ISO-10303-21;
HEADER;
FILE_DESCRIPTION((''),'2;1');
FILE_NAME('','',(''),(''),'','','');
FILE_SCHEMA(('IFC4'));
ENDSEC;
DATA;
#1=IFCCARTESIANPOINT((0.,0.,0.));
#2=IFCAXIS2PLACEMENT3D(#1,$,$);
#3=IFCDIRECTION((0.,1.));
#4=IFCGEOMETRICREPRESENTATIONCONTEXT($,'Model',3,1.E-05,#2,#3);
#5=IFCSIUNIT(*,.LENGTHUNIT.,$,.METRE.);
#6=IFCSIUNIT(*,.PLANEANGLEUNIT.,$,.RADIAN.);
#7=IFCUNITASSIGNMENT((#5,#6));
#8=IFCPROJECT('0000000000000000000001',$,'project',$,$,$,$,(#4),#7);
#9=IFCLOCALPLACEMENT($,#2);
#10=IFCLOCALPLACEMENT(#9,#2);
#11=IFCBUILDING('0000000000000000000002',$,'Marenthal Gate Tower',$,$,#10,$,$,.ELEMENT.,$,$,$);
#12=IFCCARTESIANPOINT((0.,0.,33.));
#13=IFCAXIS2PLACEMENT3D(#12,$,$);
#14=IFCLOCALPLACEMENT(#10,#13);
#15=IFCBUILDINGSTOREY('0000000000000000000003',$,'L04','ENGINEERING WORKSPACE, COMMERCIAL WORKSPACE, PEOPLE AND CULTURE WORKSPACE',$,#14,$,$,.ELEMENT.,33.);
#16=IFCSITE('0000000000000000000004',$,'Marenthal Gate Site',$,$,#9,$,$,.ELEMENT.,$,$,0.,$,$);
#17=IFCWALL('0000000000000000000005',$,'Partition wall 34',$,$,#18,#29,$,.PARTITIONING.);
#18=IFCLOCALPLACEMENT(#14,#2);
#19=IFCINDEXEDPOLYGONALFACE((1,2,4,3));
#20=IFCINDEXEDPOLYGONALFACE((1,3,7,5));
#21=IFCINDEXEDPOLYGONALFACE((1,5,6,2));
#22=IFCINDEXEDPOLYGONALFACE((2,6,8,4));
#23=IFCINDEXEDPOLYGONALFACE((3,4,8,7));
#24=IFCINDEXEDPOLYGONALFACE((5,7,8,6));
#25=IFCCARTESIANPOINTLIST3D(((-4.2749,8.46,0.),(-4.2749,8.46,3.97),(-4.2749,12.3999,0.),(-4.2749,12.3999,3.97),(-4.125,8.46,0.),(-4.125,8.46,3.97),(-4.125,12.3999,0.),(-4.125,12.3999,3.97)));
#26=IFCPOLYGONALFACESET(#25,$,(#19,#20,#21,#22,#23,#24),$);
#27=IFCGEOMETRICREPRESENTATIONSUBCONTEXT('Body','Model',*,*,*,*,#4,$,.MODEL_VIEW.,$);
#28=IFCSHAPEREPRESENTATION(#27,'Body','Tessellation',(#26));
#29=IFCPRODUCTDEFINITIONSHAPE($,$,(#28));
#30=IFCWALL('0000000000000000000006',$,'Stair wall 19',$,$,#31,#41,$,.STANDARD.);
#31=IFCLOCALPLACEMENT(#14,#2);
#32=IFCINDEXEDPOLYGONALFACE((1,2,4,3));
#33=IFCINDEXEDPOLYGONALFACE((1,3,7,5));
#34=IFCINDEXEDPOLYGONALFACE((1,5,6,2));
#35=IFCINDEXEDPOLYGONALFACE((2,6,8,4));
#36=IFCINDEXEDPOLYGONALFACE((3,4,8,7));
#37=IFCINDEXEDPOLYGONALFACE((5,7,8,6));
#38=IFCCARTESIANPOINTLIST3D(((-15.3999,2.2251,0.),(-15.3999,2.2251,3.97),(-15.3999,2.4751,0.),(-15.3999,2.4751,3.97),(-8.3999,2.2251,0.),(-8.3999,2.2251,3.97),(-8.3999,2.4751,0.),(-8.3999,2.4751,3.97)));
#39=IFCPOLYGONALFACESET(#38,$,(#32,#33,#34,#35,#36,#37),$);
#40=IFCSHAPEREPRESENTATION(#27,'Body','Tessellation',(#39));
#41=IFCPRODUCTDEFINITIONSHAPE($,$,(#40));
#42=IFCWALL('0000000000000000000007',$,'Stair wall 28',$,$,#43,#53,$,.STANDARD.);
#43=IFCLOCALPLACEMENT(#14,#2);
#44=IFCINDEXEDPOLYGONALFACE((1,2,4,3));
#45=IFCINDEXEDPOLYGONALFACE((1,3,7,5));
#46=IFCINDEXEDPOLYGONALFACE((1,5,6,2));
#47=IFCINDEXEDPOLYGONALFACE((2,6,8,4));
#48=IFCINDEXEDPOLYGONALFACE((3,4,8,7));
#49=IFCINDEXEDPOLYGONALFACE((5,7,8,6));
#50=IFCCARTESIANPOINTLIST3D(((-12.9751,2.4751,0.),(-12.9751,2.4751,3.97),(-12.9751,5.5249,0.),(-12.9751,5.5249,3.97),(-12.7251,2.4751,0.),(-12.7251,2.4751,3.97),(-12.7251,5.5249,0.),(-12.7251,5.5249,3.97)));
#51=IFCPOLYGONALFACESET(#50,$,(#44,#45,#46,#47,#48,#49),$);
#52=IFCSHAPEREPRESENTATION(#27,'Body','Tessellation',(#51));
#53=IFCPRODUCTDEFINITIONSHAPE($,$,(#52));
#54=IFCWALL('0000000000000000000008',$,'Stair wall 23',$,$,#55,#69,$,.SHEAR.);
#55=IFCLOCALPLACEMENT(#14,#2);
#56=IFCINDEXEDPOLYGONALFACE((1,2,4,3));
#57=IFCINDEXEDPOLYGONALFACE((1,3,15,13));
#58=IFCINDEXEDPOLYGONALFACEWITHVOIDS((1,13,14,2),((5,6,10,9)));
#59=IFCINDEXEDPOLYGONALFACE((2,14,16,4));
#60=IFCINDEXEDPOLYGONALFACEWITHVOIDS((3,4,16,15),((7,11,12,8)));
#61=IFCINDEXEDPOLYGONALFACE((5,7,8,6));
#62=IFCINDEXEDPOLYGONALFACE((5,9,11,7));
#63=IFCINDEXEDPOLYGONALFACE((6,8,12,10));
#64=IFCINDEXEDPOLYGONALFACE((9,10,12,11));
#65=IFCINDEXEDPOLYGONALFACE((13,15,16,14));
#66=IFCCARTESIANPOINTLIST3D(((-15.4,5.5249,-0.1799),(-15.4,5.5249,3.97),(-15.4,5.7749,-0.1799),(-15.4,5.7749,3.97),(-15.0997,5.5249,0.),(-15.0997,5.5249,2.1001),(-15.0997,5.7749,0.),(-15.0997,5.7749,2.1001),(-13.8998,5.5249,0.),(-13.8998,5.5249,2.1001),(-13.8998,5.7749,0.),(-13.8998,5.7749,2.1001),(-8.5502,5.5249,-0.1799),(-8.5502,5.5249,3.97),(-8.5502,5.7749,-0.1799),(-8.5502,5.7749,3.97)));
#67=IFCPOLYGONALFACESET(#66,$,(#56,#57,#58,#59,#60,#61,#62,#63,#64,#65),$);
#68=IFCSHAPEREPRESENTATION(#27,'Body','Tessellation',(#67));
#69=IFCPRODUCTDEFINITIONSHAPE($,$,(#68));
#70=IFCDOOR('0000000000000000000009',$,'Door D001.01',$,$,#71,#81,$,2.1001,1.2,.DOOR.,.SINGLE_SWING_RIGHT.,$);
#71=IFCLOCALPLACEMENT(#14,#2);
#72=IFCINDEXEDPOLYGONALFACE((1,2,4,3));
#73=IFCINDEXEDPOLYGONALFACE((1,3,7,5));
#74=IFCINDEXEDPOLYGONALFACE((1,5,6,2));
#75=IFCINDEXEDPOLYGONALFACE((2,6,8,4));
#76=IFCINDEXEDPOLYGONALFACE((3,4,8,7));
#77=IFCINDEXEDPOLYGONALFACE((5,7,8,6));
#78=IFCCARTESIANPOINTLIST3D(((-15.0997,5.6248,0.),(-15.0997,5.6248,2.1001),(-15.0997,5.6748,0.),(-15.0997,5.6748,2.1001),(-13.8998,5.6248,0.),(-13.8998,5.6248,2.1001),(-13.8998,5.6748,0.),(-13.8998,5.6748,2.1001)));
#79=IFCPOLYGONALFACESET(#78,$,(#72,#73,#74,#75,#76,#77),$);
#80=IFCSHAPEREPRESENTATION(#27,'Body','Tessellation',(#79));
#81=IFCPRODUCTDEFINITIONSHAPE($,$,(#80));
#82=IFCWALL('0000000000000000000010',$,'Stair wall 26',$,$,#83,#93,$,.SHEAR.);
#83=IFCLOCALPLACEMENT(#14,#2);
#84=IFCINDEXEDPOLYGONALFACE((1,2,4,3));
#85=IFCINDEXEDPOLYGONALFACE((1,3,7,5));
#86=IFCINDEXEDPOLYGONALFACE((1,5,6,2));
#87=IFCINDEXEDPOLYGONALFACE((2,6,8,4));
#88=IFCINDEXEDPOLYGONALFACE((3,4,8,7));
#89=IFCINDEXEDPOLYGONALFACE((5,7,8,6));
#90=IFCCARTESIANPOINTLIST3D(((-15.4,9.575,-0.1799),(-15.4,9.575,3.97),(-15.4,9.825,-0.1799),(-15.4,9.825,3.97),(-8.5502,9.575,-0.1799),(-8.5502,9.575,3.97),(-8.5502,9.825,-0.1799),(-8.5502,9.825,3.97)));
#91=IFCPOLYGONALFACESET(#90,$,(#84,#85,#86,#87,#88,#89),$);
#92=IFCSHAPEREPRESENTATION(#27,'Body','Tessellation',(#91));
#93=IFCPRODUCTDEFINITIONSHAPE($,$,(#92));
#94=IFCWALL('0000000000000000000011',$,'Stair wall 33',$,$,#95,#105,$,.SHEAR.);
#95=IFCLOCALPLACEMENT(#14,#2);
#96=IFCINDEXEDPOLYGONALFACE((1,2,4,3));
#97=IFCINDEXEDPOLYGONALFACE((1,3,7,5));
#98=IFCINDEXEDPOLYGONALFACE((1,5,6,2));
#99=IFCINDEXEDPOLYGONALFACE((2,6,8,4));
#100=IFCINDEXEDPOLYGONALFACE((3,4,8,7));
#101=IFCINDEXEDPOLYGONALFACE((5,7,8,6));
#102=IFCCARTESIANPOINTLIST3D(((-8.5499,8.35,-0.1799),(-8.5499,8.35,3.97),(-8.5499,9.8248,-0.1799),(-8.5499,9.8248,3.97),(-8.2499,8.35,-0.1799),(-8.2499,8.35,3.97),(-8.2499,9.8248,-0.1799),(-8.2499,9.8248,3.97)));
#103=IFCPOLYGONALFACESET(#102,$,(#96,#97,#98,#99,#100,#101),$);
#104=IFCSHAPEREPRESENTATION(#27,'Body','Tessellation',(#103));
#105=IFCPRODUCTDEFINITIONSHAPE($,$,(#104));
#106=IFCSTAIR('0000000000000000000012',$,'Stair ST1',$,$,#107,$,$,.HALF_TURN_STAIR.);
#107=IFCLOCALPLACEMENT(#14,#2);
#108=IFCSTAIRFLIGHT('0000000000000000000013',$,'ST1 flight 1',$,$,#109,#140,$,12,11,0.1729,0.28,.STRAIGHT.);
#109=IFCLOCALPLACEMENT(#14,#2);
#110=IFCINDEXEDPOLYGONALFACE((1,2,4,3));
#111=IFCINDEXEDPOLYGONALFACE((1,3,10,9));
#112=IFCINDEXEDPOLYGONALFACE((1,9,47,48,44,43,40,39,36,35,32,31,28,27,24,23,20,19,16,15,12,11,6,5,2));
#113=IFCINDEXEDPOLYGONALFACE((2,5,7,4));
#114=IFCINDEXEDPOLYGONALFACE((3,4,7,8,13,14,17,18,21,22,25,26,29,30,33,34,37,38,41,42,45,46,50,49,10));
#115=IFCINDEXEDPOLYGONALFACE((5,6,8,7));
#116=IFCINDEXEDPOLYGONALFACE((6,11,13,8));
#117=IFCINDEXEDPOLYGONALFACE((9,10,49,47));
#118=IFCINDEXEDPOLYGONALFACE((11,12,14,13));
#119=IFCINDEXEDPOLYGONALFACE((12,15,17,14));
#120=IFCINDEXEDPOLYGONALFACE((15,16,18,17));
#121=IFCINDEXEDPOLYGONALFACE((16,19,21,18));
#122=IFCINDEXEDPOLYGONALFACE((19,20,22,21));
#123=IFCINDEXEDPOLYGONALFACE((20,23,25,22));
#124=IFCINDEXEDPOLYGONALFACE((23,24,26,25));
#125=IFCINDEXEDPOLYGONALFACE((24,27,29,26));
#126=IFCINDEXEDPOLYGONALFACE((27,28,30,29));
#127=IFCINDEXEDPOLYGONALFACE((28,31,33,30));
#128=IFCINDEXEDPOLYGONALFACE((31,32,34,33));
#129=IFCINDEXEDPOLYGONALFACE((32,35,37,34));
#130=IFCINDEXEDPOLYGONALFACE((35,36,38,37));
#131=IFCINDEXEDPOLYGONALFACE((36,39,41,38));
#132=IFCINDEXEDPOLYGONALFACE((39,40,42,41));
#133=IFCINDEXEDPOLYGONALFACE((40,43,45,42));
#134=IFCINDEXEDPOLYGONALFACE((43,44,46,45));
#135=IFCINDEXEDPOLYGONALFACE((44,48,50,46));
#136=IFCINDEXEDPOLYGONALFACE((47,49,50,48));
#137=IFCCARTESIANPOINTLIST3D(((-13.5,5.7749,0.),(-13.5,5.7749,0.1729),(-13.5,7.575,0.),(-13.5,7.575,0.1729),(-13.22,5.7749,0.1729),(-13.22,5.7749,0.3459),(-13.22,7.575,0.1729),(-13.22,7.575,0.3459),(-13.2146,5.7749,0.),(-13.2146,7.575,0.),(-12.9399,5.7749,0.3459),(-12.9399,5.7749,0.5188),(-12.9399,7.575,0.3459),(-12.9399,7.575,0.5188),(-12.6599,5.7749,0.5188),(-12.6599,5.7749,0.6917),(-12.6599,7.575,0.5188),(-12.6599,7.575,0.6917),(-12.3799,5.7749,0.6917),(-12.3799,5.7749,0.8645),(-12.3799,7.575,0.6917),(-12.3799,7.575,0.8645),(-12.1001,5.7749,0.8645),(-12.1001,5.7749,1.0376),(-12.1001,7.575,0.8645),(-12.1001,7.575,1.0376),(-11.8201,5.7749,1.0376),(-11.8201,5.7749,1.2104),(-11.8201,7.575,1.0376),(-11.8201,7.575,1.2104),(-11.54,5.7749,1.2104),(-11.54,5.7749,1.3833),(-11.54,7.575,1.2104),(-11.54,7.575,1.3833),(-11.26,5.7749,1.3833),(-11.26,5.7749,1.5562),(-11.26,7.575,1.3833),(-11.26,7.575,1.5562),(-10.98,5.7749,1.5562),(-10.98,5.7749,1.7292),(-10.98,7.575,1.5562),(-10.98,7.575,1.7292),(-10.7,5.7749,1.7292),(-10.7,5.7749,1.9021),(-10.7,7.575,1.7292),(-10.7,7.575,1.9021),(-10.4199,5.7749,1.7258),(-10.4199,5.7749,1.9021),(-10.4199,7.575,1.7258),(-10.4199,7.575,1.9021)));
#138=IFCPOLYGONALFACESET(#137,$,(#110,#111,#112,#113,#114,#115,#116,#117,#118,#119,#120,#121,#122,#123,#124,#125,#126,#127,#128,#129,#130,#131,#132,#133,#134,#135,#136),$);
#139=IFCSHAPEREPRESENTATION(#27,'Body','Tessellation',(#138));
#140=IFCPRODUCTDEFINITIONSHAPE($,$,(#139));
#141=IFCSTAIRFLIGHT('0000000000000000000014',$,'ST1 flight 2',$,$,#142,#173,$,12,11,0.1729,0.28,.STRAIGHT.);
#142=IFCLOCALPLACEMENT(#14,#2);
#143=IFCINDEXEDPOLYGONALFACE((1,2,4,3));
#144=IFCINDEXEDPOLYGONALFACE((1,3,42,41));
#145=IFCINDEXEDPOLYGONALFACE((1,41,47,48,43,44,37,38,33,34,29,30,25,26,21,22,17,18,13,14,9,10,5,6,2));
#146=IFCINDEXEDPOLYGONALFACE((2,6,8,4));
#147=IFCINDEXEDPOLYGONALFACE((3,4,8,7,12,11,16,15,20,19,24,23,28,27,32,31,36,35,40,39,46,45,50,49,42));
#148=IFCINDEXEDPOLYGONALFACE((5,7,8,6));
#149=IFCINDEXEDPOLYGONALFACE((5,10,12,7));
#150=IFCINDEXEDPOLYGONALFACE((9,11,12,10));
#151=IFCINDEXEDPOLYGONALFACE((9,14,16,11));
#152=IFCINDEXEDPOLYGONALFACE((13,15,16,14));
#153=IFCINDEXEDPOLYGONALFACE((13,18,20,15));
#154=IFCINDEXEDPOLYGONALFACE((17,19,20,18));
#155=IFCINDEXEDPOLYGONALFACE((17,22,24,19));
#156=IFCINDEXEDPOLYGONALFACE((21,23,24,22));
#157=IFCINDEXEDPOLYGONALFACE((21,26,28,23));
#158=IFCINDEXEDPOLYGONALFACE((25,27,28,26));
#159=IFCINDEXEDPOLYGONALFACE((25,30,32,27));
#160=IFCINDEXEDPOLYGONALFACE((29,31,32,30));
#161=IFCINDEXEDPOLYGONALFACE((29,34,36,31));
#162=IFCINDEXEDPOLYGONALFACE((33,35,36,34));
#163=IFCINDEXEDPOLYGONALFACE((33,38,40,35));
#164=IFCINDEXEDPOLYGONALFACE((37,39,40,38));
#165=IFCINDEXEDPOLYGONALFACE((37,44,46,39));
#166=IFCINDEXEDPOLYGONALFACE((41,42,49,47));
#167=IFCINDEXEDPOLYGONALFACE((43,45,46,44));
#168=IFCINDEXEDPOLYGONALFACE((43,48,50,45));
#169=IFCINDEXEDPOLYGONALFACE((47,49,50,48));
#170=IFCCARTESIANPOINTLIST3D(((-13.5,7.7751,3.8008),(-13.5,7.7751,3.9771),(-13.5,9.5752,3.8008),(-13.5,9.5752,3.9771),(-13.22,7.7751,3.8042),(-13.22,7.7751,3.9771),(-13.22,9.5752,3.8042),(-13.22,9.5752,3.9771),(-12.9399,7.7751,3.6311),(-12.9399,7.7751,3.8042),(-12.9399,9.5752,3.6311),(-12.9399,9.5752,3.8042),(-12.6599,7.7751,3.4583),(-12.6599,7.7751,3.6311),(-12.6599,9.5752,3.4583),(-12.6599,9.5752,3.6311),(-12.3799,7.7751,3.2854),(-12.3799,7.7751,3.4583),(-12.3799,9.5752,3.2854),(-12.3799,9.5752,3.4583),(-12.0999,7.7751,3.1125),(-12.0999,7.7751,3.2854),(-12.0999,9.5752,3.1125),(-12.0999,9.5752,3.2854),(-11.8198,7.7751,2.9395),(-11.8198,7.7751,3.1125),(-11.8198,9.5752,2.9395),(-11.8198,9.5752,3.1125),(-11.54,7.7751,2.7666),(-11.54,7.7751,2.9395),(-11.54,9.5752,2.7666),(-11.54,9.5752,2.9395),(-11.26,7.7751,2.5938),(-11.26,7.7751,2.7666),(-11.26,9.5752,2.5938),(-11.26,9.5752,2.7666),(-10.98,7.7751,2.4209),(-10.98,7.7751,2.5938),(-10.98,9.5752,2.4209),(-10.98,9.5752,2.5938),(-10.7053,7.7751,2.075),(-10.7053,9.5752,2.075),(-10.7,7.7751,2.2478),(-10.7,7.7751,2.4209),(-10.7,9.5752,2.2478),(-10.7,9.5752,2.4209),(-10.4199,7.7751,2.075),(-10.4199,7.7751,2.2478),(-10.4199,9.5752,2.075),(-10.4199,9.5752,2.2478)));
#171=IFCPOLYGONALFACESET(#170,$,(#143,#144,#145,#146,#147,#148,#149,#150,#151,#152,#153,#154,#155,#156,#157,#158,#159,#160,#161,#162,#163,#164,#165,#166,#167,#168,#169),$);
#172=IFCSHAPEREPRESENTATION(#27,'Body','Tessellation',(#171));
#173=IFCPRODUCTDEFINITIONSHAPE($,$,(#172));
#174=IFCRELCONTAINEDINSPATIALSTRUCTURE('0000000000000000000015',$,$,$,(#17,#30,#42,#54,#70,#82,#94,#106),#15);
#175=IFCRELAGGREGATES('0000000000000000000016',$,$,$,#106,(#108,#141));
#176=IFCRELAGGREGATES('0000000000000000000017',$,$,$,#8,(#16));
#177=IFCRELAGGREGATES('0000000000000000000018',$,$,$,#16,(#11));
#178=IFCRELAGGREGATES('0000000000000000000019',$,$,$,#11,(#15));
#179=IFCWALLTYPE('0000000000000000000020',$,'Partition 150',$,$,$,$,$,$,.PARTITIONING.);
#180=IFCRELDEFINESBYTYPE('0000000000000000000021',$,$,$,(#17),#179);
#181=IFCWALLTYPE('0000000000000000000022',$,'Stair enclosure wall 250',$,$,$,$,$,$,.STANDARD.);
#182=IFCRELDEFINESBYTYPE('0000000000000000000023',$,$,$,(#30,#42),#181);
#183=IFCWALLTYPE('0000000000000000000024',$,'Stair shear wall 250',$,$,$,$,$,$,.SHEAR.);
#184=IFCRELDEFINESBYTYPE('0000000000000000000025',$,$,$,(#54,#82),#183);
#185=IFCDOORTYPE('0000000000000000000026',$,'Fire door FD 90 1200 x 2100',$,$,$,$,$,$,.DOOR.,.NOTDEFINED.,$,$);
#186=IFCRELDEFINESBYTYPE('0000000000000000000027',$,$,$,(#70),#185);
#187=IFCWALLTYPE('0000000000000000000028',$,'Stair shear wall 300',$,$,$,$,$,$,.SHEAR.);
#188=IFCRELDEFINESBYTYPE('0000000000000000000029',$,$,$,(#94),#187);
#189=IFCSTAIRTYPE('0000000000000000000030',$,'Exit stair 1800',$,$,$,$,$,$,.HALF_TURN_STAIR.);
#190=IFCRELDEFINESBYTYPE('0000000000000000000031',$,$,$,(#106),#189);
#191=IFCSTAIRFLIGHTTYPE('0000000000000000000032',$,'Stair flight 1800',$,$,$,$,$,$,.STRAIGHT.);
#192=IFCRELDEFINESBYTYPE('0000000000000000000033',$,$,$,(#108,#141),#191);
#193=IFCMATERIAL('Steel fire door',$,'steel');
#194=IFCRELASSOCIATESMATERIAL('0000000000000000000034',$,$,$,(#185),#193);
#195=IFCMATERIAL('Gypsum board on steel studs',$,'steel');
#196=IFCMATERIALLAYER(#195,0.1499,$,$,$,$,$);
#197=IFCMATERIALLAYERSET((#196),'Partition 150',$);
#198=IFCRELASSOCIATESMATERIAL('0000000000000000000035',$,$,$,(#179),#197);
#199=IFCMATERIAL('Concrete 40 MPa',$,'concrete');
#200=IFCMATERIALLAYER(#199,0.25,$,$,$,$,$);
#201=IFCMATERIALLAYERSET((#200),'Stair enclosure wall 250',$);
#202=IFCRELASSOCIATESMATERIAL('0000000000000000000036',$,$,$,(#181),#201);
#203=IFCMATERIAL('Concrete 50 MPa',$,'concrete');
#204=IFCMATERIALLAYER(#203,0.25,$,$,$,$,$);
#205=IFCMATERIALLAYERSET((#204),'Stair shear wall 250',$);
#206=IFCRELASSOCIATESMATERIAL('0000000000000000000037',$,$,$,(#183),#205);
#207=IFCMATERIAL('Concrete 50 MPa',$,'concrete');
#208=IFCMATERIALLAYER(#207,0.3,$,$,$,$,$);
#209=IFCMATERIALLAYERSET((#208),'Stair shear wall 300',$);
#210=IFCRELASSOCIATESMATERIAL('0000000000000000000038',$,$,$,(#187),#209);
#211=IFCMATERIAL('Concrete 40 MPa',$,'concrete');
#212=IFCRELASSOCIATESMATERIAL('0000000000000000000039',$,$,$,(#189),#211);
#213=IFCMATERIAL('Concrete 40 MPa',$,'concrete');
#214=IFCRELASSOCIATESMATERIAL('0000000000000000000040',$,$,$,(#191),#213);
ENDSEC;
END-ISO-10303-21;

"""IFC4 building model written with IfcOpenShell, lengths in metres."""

from ifc_helpers import new_model, si_unit, direction, frame, frame_2d, origin, place, context, subcontext, project, spatial, polyline, rectangle, outline, extrude, material, layer, layer_set, type_object, element, fill, aggregate, save


model = new_model("IFC4")

# Units and contexts
model_context = context("Model", 3, precision=1e-05, world=origin(), true_north=direction((0.0, 1.0)))
body_context = subcontext(model_context, "Body", "Model", "MODEL_VIEW")
ifc_project = project(units=[si_unit("LENGTHUNIT", "METRE"), si_unit("PLANEANGLEUNIT", "RADIAN")], contexts=[model_context])

# Site, building, storey
site_placement = place(None, origin())
site = spatial("IfcSite", under=ifc_project, at=site_placement, Name="Marenthal Gate Site", CompositionType="ELEMENT", RefElevation=0.0)
building_placement = place(site_placement, origin())
building = spatial("IfcBuilding", under=site, at=building_placement, Name="Marenthal Gate Tower", CompositionType="ELEMENT")
storey_placement = place(building_placement, frame((0.0, 0.0, 33.0)))
storey = spatial("IfcBuildingStorey", under=building, at=storey_placement, Name="L04", Description="ENGINEERING WORKSPACE, COMMERCIAL WORKSPACE, PEOPLE AND CULTURE WORKSPACE", CompositionType="ELEMENT", Elevation=33.0)

# Shared definitions
ifc_material_1 = material(Name="Steel fire door", Category="steel")
door_type_1 = type_object("IfcDoorType", Name="Fire door FD 90 1200 x 2100", OperationType="NOTDEFINED", PredefinedType="DOOR", material=ifc_material_1)

# Walls
ifc_material_2 = material(Name="Gypsum board on steel studs", Category="steel")
ifc_layer_1 = layer(ifc_material_2, 0.1499)
ifc_layer_set_1 = layer_set([ifc_layer_1], Name="Partition 150")
wall_type_1 = type_object("IfcWallType", Name="Partition 150", PredefinedType="PARTITIONING", material=ifc_layer_set_1)
wall_1_placement = place(storey_placement, frame((-4.2, 8.46, 0.0), z_axis=(0.0, 0.0, 1.0), x_axis=(0.0, 1.0, 0.0)))
element("IfcWall", 1, at=wall_1_placement, inside=storey, type_object=wall_type_1, Name="Partition wall 34", PredefinedType="PARTITIONING", context=body_context, shape_type="SweptSolid", body=[
    extrude(rectangle(XDim=3.9399, YDim=0.1499, at=frame_2d((1.97, 0.0))), origin(), (0.0, 0.0, 1.0), 3.97),
])
ifc_material_3 = material(Name="Concrete 40 MPa", Category="concrete")
ifc_layer_2 = layer(ifc_material_3, 0.25)
ifc_layer_set_2 = layer_set([ifc_layer_2], Name="Stair enclosure wall 250")
wall_type_2 = type_object("IfcWallType", Name="Stair enclosure wall 250", PredefinedType="STANDARD", material=ifc_layer_set_2)
wall_2_placement = place(storey_placement, frame((-15.3999, 2.3501, 0.0), z_axis=(0.0, 0.0, 1.0), x_axis=(1.0, 0.0, 0.0)))
element("IfcWall", 2, at=wall_2_placement, inside=storey, type_object=wall_type_2, Name="Stair wall 19", PredefinedType="STANDARD", context=body_context, shape_type="SweptSolid", body=[
    extrude(rectangle(XDim=7.0, YDim=0.25, at=frame_2d((3.5, 0.0))), origin(), (0.0, 0.0, 1.0), 3.97),
])
wall_3_placement = place(storey_placement, frame((-12.8501, 2.4751, 0.0), z_axis=(0.0, 0.0, 1.0), x_axis=(0.0, 1.0, 0.0)))
element("IfcWall", 3, at=wall_3_placement, inside=storey, type_object=wall_type_2, Name="Stair wall 28", PredefinedType="STANDARD", context=body_context, shape_type="SweptSolid", body=[
    extrude(rectangle(XDim=3.0498, YDim=0.25, at=frame_2d((1.5249, 0.0))), origin(), (0.0, 0.0, 1.0), 3.97),
])

# Wall, opening, door
ifc_material_4 = material(Name="Concrete 50 MPa", Category="concrete")
ifc_layer_3 = layer(ifc_material_4, 0.25)
ifc_layer_set_3 = layer_set([ifc_layer_3], Name="Stair shear wall 250")
wall_type_3 = type_object("IfcWallType", Name="Stair shear wall 250", PredefinedType="SHEAR", material=ifc_layer_set_3)
wall_4_placement = place(storey_placement, frame((-15.3999, 5.6499, -0.1799), z_axis=(0.0, 0.0, 1.0), x_axis=(1.0, 0.0, 0.0)))
wall_4 = element("IfcWall", 4, at=wall_4_placement, inside=storey, type_object=wall_type_3, Name="Stair wall 23", PredefinedType="SHEAR", context=body_context, shape_type="SweptSolid", body=[
    extrude(rectangle(XDim=6.8499, YDim=0.25, at=frame_2d((3.4248, 0.0))), origin(), (0.0, 0.0, 1.0), 4.1499),
])
opening_1_placement = place(wall_4_placement, frame((0.3, 0.0, 0.1799)))
opening_1 = element("IfcOpeningElement", 5, at=opening_1_placement, cuts=wall_4, PredefinedType="OPENING", context=body_context, shape_type="SweptSolid", body=[
    extrude(rectangle(XDim=1.2, YDim=2.1001, at=frame_2d((0.6001, 1.05))), frame((0.0, 0.135, 0.0), z_axis=(0.0, -1.0, 0.0), x_axis=(1.0, 0.0, 0.0)), (0.0, 0.0, 1.0), 0.27),
])
door_1_placement = place(opening_1_placement, origin())
door_1 = element("IfcDoor", 6, at=door_1_placement, inside=storey, type_object=door_type_1, Name="Door D001.01", OperationType="SINGLE_SWING_RIGHT", OverallHeight=2.1001, OverallWidth=1.2, PredefinedType="DOOR", context=body_context, shape_type="SweptSolid", body=[
    extrude(rectangle(XDim=1.2, YDim=2.1001, at=frame_2d((0.6001, 1.05))), frame((0.0, 0.0249, 0.0), z_axis=(0.0, -1.0, 0.0), x_axis=(1.0, 0.0, 0.0)), (0.0, 0.0, 1.0), 0.05),
])
fill(opening_1, door_1)

# Walls
wall_5_placement = place(storey_placement, frame((-15.3999, 9.7, -0.1799), z_axis=(0.0, 0.0, 1.0), x_axis=(1.0, 0.0, 0.0)))
element("IfcWall", 7, at=wall_5_placement, inside=storey, type_object=wall_type_3, Name="Stair wall 26", PredefinedType="SHEAR", context=body_context, shape_type="SweptSolid", body=[
    extrude(rectangle(XDim=6.8499, YDim=0.25, at=frame_2d((3.4248, 0.0))), origin(), (0.0, 0.0, 1.0), 4.1499),
])
ifc_material_5 = material(Name="Concrete 50 MPa", Category="concrete")
ifc_layer_4 = layer(ifc_material_5, 0.3)
ifc_layer_set_4 = layer_set([ifc_layer_4], Name="Stair shear wall 300")
wall_type_4 = type_object("IfcWallType", Name="Stair shear wall 300", PredefinedType="SHEAR", material=ifc_layer_set_4)
wall_6_placement = place(storey_placement, frame((-8.3999, 8.3501, -0.1799), z_axis=(0.0, 0.0, 1.0), x_axis=(0.0, 1.0, 0.0)))
element("IfcWall", 8, at=wall_6_placement, inside=storey, type_object=wall_type_4, Name="Stair wall 33", PredefinedType="SHEAR", context=body_context, shape_type="SweptSolid", body=[
    extrude(rectangle(XDim=1.4749, YDim=0.3, at=frame_2d((0.7373, 0.0))), origin(), (0.0, 0.0, 1.0), 4.1499),
])

# Stair, stair flights
ifc_material_6 = material(Name="Concrete 40 MPa", Category="concrete")
stair_type = type_object("IfcStairType", Name="Exit stair 1800", PredefinedType="HALF_TURN_STAIR", material=ifc_material_6)
stair_placement = place(storey_placement, origin())
stair = element("IfcStair", 9, at=stair_placement, inside=storey, type_object=stair_type, Name="Stair ST1", PredefinedType="HALF_TURN_STAIR")
ifc_material_7 = material(Name="Concrete 40 MPa", Category="concrete")
stair_flight_type = type_object("IfcStairFlightType", Name="Stair flight 1800", PredefinedType="STRAIGHT", material=ifc_material_7)
stair_flight_1_placement = place(storey_placement, frame((-13.5, 6.675, 0.0), z_axis=(0.0, 0.0, 1.0), x_axis=(1.0, 0.0, 0.0)))
stair_flight_1 = element("IfcStairFlight", 10, at=stair_flight_1_placement, type_object=stair_flight_type, Name="ST1 flight 1", NumberOfRisers=12, NumberOfTreads=11, PredefinedType="STRAIGHT", RiserHeight=0.1729, TreadLength=0.28, context=body_context, shape_type="SweptSolid", body=[
    extrude(outline(polyline([(0.0, 0.0), (0.0, 0.1729), (0.28, 0.1729), (0.28, 0.3459), (0.5601, 0.3459), (0.5601, 0.5188), (0.8401, 0.5188), (0.8401, 0.6917), (1.1201, 0.6917), (1.1201, 0.8645), (1.3999, 0.8645), (1.3999, 1.0376), (1.6799, 1.0376), (1.6799, 1.2104), (1.96, 1.2104), (1.96, 1.3833), (2.24, 1.3833), (2.24, 1.5562), (2.52, 1.5562), (2.52, 1.7292), (2.8, 1.7292), (2.8, 1.9021), (3.0801, 1.9021), (3.0801, 2.075), (3.0801, 1.7258), (0.2854, 0.0), (0.0, 0.0)])), frame((0.0, 0.8999, 0.0), z_axis=(0.0, -1.0, 0.0), x_axis=(1.0, 0.0, 0.0)), (0.0, 0.0, 1.0), 1.8),
])
stair_flight_2_placement = place(storey_placement, frame((-10.4199, 8.675, 2.075), z_axis=(0.0, 0.0, 1.0), x_axis=(-1.0, 0.0, 0.0)))
stair_flight_2 = element("IfcStairFlight", 11, at=stair_flight_2_placement, type_object=stair_flight_type, Name="ST1 flight 2", NumberOfRisers=12, NumberOfTreads=11, PredefinedType="STRAIGHT", RiserHeight=0.1729, TreadLength=0.28, context=body_context, shape_type="SweptSolid", body=[
    extrude(outline(polyline([(0.0, 0.0), (0.0, 0.1729), (0.28, 0.1729), (0.28, 0.3459), (0.5601, 0.3459), (0.5601, 0.5188), (0.8401, 0.5188), (0.8401, 0.6917), (1.1201, 0.6917), (1.1201, 0.8645), (1.3999, 0.8645), (1.3999, 1.0376), (1.6799, 1.0376), (1.6799, 1.2104), (1.96, 1.2104), (1.96, 1.3833), (2.24, 1.3833), (2.24, 1.5562), (2.52, 1.5562), (2.52, 1.7292), (2.8, 1.7292), (2.8, 1.9021), (3.0801, 1.9021), (3.0801, 2.075), (3.0801, 1.7258), (0.2854, 0.0), (0.0, 0.0)])), frame((0.0, 0.8999, 0.0), z_axis=(0.0, -1.0, 0.0), x_axis=(1.0, 0.0, 0.0)), (0.0, 0.0, 1.0), 1.8),
])
aggregate(stair, [stair_flight_1, stair_flight_2])

save(model, "model.ifc")
